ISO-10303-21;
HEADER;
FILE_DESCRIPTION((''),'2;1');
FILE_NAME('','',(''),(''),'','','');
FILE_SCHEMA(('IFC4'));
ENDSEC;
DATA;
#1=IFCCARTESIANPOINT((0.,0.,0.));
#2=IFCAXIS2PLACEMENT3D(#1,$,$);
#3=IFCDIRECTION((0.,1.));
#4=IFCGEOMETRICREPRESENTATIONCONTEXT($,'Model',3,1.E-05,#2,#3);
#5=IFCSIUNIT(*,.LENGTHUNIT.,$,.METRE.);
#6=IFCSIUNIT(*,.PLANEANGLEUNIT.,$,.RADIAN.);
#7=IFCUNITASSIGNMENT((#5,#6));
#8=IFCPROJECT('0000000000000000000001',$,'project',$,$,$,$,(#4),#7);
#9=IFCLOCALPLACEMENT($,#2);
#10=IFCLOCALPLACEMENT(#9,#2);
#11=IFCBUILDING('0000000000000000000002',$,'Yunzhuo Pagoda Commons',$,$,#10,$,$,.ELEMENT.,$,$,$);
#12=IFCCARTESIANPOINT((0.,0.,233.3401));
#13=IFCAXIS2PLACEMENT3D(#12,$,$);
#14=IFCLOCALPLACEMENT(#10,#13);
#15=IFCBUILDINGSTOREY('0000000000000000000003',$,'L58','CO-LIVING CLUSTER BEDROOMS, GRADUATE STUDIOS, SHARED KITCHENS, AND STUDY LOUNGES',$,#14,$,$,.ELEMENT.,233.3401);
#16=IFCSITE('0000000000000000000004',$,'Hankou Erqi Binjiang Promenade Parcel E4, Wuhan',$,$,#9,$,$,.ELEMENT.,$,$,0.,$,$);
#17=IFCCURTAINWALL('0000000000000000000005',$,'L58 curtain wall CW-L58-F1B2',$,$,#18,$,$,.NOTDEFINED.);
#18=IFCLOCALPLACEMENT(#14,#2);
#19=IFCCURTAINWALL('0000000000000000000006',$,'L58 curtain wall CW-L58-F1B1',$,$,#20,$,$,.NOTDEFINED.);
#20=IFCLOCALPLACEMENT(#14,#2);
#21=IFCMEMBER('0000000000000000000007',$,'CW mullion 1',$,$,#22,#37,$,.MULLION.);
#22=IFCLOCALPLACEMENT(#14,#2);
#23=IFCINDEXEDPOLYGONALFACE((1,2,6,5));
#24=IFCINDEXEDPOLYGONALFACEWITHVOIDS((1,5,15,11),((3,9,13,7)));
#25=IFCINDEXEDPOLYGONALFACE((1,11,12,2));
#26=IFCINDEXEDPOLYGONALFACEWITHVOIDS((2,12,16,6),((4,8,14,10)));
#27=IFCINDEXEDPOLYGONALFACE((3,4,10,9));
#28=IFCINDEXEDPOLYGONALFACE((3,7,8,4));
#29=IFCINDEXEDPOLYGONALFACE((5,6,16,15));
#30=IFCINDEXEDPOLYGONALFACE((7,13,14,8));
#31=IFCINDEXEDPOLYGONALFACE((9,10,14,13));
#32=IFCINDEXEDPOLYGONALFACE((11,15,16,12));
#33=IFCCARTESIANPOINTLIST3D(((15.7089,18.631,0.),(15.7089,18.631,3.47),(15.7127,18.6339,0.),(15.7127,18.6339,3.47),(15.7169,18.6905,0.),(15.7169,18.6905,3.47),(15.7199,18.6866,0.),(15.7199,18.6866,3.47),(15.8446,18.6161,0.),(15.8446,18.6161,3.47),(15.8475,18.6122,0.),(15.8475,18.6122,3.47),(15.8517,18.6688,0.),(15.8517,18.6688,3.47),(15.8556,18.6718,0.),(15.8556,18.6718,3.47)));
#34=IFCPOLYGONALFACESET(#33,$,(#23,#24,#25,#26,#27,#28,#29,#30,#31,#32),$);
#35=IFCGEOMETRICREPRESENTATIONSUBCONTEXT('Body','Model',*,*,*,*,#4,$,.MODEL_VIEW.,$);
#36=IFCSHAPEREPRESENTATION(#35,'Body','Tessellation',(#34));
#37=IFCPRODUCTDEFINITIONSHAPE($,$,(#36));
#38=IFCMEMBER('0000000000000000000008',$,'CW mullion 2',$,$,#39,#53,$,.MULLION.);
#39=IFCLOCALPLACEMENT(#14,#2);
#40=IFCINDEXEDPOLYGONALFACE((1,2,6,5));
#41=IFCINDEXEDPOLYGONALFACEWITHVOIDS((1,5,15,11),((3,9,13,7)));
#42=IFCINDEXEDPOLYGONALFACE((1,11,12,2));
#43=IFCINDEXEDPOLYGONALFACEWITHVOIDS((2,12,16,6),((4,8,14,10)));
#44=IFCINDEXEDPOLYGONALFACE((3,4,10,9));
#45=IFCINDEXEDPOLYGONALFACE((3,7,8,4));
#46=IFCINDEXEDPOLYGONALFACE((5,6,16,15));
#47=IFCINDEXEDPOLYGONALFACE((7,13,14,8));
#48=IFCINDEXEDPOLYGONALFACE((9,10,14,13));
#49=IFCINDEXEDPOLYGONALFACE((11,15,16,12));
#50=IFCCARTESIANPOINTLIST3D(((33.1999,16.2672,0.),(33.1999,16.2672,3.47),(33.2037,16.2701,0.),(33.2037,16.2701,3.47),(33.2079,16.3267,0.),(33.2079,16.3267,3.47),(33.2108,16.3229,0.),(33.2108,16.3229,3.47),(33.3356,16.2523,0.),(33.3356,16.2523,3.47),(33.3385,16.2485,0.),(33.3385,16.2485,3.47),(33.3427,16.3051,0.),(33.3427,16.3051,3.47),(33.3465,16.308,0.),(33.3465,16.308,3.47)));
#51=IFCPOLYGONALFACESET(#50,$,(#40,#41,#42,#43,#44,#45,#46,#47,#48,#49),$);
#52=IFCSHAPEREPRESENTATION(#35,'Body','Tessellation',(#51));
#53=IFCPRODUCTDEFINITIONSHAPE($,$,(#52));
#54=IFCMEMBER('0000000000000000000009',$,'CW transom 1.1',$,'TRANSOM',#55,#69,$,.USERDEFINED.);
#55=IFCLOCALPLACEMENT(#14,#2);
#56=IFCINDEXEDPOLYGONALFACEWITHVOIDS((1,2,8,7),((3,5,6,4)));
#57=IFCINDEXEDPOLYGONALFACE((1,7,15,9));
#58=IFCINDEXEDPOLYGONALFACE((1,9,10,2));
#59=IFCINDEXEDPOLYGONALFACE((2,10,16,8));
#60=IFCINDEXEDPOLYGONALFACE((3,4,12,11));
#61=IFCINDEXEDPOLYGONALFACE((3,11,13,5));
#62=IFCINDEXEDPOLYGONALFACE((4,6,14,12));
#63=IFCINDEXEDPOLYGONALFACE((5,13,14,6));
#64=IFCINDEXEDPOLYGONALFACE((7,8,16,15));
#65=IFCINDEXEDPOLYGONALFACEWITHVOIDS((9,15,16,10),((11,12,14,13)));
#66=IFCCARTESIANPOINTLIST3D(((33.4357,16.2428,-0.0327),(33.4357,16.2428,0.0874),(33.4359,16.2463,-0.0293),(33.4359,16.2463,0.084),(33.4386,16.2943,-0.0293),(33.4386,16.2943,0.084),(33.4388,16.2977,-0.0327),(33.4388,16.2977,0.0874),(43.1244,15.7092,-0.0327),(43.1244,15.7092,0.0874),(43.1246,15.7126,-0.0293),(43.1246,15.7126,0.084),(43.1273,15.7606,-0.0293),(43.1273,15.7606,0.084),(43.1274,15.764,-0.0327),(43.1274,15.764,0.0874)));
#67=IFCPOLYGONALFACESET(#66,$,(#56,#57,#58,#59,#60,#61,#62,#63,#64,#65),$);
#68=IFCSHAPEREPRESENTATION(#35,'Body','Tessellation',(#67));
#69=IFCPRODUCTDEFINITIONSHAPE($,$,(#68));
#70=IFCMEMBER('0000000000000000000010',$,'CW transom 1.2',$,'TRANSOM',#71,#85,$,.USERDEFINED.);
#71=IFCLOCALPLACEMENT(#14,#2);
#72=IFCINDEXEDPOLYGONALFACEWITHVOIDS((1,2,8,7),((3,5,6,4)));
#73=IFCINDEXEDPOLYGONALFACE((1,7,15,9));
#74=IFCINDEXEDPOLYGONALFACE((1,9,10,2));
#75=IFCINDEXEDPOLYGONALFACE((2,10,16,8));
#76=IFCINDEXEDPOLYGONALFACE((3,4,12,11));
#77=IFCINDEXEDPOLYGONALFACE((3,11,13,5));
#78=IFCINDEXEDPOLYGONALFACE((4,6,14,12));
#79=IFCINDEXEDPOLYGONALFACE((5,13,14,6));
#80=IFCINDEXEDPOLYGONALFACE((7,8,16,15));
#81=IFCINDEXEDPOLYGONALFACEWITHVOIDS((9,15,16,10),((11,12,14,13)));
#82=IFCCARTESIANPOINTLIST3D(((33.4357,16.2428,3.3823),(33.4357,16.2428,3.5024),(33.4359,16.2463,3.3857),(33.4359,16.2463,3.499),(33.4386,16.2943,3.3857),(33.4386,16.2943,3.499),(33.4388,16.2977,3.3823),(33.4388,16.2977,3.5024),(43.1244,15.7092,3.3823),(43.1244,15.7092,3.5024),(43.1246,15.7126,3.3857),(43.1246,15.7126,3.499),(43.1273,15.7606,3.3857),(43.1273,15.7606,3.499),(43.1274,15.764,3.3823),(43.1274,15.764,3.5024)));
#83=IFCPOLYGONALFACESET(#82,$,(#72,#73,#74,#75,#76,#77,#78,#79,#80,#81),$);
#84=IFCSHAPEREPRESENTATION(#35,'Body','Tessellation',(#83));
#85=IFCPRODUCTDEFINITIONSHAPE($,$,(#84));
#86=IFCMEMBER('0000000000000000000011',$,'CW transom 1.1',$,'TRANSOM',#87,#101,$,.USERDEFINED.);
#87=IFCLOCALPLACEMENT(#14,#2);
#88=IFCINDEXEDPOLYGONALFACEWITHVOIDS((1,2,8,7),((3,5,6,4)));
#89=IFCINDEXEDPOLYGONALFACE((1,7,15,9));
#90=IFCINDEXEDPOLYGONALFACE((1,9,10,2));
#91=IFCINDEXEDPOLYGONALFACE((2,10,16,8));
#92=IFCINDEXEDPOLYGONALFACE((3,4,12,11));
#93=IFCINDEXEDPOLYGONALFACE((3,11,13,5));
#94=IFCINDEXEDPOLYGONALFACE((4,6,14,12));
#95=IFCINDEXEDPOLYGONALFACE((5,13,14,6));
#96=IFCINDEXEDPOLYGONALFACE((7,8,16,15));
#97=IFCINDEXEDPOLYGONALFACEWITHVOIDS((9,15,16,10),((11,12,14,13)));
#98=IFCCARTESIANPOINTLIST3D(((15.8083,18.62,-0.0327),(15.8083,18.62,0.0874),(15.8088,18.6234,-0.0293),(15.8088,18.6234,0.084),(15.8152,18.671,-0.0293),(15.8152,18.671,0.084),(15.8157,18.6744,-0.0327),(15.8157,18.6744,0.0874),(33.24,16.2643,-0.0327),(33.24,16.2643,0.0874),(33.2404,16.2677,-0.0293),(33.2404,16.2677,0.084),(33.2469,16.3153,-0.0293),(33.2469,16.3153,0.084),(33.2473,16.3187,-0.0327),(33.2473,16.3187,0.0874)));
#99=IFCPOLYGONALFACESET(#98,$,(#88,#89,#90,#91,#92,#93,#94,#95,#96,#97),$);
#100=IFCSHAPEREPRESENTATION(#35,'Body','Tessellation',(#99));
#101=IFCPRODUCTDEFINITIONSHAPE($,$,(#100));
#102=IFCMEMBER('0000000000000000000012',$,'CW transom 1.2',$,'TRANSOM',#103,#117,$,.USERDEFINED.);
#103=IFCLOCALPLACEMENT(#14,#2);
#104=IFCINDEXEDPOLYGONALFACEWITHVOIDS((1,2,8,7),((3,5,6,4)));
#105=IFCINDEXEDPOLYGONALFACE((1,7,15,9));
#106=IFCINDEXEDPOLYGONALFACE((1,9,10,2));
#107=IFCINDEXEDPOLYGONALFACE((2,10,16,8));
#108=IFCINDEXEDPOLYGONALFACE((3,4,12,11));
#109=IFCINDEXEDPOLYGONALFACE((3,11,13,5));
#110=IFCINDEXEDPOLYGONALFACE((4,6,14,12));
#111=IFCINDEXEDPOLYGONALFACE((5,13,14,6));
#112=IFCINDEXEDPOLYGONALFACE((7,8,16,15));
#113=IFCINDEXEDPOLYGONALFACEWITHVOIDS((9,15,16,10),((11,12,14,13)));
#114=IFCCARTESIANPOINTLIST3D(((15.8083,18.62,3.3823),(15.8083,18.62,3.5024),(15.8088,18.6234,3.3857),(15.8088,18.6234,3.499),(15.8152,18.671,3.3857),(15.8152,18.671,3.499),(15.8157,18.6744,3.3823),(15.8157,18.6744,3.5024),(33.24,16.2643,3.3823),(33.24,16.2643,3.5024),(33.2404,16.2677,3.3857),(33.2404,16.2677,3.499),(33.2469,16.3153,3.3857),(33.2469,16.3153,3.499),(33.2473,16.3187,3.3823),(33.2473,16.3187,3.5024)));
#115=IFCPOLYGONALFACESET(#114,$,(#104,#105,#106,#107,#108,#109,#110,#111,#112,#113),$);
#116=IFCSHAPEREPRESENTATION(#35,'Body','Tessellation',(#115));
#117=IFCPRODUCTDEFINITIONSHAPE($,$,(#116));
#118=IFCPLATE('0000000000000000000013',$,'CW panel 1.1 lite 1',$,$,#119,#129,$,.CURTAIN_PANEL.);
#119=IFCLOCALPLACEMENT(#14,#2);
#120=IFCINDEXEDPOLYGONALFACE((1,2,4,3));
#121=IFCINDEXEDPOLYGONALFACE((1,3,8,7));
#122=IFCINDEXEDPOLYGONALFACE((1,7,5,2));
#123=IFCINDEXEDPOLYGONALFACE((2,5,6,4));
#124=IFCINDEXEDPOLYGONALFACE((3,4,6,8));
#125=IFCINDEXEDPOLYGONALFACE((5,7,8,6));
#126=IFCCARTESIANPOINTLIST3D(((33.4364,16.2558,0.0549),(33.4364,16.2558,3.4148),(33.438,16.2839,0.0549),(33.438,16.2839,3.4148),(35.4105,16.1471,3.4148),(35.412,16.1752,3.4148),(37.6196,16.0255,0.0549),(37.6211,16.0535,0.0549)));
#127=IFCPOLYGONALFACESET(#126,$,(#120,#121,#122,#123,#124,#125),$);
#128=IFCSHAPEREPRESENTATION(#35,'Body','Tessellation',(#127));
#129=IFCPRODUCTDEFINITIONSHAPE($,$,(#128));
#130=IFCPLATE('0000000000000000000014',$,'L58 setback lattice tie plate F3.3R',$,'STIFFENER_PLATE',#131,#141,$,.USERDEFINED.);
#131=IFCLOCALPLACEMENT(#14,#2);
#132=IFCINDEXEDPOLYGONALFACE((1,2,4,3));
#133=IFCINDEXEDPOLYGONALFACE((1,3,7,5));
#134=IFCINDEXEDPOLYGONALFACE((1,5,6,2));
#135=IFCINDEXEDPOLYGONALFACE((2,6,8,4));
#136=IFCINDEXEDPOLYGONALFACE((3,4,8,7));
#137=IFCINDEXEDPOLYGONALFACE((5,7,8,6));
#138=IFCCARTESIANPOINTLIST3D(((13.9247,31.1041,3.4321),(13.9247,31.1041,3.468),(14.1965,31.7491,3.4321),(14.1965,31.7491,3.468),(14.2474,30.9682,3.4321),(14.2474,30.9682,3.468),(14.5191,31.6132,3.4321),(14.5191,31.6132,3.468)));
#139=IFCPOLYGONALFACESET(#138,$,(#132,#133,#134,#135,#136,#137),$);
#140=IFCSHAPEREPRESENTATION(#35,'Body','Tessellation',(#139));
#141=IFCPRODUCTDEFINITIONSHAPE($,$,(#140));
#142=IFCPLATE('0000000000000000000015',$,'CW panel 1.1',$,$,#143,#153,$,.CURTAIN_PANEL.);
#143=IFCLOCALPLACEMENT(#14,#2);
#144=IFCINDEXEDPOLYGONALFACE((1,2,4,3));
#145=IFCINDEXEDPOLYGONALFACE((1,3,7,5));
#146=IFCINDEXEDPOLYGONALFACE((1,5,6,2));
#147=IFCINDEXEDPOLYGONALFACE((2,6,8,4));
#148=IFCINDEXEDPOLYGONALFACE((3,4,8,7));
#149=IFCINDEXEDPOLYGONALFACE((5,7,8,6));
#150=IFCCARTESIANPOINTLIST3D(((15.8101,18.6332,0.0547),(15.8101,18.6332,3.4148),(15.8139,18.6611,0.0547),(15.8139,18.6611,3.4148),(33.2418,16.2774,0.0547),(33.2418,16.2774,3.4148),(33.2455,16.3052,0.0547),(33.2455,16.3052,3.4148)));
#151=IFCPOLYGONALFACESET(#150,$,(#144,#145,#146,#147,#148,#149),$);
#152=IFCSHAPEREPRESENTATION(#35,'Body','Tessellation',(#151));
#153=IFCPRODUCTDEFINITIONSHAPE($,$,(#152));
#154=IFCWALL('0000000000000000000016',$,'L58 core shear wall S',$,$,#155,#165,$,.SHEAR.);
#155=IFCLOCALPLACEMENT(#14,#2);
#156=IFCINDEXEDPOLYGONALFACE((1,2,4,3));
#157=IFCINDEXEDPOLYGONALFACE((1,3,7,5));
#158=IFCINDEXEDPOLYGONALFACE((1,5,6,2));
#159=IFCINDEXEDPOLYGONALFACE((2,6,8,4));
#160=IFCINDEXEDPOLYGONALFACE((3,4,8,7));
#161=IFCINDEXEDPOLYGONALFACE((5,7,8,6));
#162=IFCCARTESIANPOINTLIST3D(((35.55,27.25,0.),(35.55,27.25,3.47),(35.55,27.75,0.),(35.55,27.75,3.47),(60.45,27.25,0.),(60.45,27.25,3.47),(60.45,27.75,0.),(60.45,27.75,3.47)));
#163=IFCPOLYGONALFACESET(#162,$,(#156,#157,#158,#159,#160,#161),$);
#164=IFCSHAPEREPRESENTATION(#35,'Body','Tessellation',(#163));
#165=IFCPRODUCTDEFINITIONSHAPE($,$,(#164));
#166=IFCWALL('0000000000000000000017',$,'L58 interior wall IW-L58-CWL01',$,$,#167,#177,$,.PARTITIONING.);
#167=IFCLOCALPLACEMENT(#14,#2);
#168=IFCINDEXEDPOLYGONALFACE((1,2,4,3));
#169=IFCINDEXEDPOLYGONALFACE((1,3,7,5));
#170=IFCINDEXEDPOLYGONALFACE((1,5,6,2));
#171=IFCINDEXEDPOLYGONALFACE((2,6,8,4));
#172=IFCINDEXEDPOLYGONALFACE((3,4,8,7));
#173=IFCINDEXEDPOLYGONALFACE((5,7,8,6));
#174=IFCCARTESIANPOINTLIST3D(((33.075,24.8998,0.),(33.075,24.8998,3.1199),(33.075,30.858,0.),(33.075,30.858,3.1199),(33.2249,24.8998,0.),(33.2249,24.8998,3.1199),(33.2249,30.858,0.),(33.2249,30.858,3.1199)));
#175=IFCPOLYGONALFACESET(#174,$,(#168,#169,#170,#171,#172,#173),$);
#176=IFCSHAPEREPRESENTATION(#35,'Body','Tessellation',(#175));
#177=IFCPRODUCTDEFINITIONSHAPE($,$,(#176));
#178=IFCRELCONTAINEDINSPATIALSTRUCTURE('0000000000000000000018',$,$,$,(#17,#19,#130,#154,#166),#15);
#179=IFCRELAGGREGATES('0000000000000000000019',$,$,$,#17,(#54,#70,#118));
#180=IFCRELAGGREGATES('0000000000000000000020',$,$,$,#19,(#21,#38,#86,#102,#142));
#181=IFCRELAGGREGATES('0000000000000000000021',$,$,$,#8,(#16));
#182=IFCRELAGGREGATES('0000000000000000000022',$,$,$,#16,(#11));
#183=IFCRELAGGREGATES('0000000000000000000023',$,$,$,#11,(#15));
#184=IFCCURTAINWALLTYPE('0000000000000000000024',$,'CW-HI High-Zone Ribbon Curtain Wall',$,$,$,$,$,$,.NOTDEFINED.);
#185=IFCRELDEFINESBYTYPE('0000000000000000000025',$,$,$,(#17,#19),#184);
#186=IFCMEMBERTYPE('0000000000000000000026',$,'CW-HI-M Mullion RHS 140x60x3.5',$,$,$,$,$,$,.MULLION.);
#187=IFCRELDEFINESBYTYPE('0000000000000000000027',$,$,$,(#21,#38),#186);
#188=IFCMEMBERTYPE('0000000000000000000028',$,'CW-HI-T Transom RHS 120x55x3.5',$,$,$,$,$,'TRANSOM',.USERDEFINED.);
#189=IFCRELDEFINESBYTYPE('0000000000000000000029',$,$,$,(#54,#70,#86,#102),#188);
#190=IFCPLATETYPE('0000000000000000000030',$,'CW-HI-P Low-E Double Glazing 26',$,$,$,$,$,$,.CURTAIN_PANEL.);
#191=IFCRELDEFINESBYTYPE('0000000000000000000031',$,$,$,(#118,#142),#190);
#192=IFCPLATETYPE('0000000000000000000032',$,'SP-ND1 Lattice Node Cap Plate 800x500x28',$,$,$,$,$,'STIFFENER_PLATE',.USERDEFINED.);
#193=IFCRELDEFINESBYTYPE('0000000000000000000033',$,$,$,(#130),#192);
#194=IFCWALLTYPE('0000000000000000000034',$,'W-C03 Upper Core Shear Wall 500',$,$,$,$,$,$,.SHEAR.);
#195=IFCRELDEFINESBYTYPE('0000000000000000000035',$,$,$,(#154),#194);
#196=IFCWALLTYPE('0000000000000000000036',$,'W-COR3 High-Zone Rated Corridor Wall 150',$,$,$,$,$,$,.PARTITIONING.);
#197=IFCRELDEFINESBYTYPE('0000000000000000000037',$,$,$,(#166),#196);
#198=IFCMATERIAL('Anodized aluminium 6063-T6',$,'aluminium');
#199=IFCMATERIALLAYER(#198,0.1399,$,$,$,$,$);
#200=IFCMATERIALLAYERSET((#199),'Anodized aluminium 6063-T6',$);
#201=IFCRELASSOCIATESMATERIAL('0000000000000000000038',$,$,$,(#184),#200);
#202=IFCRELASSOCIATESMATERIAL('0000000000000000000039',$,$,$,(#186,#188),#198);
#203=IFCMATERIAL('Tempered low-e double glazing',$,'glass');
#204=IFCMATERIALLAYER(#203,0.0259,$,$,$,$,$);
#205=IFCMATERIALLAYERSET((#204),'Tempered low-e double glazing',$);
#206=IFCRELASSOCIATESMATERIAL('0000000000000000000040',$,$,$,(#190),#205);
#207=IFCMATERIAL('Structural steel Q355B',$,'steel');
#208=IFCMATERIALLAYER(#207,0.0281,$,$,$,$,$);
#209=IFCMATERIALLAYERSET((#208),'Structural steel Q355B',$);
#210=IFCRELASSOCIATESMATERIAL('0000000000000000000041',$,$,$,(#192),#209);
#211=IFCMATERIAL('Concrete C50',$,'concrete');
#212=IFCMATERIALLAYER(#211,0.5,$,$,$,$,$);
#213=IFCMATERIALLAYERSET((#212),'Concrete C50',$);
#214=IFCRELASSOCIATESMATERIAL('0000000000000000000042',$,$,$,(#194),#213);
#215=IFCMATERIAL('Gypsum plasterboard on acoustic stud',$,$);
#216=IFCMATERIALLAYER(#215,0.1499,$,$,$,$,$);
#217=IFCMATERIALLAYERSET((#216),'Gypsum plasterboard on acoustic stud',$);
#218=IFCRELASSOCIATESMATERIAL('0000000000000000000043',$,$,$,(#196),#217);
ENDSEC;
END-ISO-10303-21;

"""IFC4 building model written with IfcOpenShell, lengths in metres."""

from ifc_helpers import new_model, si_unit, direction, frame, frame_2d, origin, origin_2d, place, context, subcontext, project, spatial, polyline, rectangle, hollow_rectangle, outline, extrude, source, transform, mapped, material, layer, layer_set, material_profile, profile_set, type_object, element, aggregate, save


model = new_model("IFC4")

# Units and contexts
model_context = context("Model", 3, precision=1e-05, world=origin(), true_north=direction((0.0, 1.0)))
body_context = subcontext(model_context, "Body", "Model", "MODEL_VIEW")
ifc_project = project(units=[si_unit("LENGTHUNIT", "METRE"), si_unit("PLANEANGLEUNIT", "RADIAN")], contexts=[model_context])

# Site, building, storey
site_placement = place(None, origin())
site = spatial("IfcSite", under=ifc_project, at=site_placement, Name="Hankou Erqi Binjiang Promenade Parcel E4, Wuhan", CompositionType="ELEMENT", RefElevation=0.0)
building_placement = place(site_placement, origin())
building = spatial("IfcBuilding", under=site, at=building_placement, Name="Yunzhuo Pagoda Commons", CompositionType="ELEMENT")
storey_placement = place(building_placement, frame((0.0, 0.0, 233.3401)))
storey = spatial("IfcBuildingStorey", under=building, at=storey_placement, Name="L58", Description="CO-LIVING CLUSTER BEDROOMS, GRADUATE STUDIOS, SHARED KITCHENS, AND STUDY LOUNGES", CompositionType="ELEMENT", Elevation=233.3401)

# Shared definitions
ifc_material_1 = material(Name="Structural steel Q355B", Category="steel")

# Curtain wall
ifc_material_2 = material(Name="Anodized aluminium 6063-T6", Category="aluminium")
ifc_layer_1 = layer(ifc_material_2, 0.1399)
ifc_layer_set_1 = layer_set([ifc_layer_1], Name="Anodized aluminium 6063-T6")
curtain_wall_type = type_object("IfcCurtainWallType", Name="CW-HI High-Zone Ribbon Curtain Wall", PredefinedType="NOTDEFINED", material=ifc_layer_set_1)
curtain_wall_1_placement = place(storey_placement, origin())
curtain_wall_1 = element("IfcCurtainWall", 1, at=curtain_wall_1_placement, inside=storey, type_object=curtain_wall_type, Name="L58 curtain wall CW-L58-F1B2", PredefinedType="NOTDEFINED")
ifc_material_profile_1 = material_profile(ifc_material_2, hollow_rectangle(XDim=0.0601, YDim=0.1399, WallThickness=0.0034, at=origin_2d()), Name="Anodized aluminium 6063-T6")
ifc_profile_set_1 = profile_set([ifc_material_profile_1], Name="Anodized aluminium 6063-T6")
member_type_1 = type_object("IfcMemberType", Name="CW-HI-M Mullion RHS 140x60x3.5", PredefinedType="MULLION", material=ifc_profile_set_1)
shared_shape_1 = source(origin(), body_context, "Body", "SweptSolid", [
    extrude(hollow_rectangle(XDim=0.0601, YDim=0.1399, WallThickness=0.0034, at=origin_2d()), origin(), (0.0, 0.0, 1.0), 3.47),
])

# Curtain wall, members
curtain_wall_2_placement = place(storey_placement, origin())
curtain_wall_2 = element("IfcCurtainWall", 2, at=curtain_wall_2_placement, inside=storey, type_object=curtain_wall_type, Name="L58 curtain wall CW-L58-F1B1", PredefinedType="NOTDEFINED")
member_1_placement = place(storey_placement, frame((15.7822, 18.6514, 0.0), z_axis=(0.0, 0.0, 1.0), x_axis=(0.13393, 0.990991, 0.0)))
member_1 = element("IfcMember", 3, at=member_1_placement, type_object=member_type_1, Name="CW mullion 1", PredefinedType="MULLION", context=body_context, shape_type="MappedRepresentation", body=[
    mapped(shared_shape_1, transform((0.0, 0.0, 0.0), scale=1.0)),
])
member_2_placement = place(storey_placement, frame((33.2732, 16.2876, 0.0), z_axis=(0.0, 0.0, 1.0), x_axis=(0.13393, 0.990991, 0.0)))
member_2 = element("IfcMember", 4, at=member_2_placement, type_object=member_type_1, Name="CW mullion 2", PredefinedType="MULLION", context=body_context, shape_type="MappedRepresentation", body=[
    mapped(shared_shape_1, transform((0.0, 0.0, 0.0), scale=1.0)),
])

# Members
ifc_material_profile_2 = material_profile(ifc_material_2, hollow_rectangle(XDim=0.0549, YDim=0.1201, WallThickness=0.0034, at=origin_2d()), Name="Anodized aluminium 6063-T6")
ifc_profile_set_2 = profile_set([ifc_material_profile_2], Name="Anodized aluminium 6063-T6")
member_type_2 = type_object("IfcMemberType", Name="CW-HI-T Transom RHS 120x55x3.5", ElementType="TRANSOM", PredefinedType="USERDEFINED", material=ifc_profile_set_2)
shared_shape_2 = source(origin(), body_context, "Body", "SweptSolid", [
    extrude(hollow_rectangle(XDim=0.0549, YDim=0.1201, WallThickness=0.0034, at=origin_2d()), origin(), (0.0, 0.0, 1.0), 9.7034),
])
member_3_placement = place(storey_placement, frame((33.4373, 16.2703, 0.0273), z_axis=(0.998486, -0.055, 0.0), x_axis=(0.055, 0.998486, 0.0)))
member_3 = element("IfcMember", 5, at=member_3_placement, type_object=member_type_2, Name="CW transom 1.1", ObjectType="TRANSOM", PredefinedType="USERDEFINED", context=body_context, shape_type="MappedRepresentation", body=[
    mapped(shared_shape_2, transform((0.0, 0.0, 0.0), scale=1.0)),
])
member_4_placement = place(storey_placement, frame((33.4373, 16.2703, 3.4424), z_axis=(0.998486, -0.055, 0.0), x_axis=(0.055, 0.998486, 0.0)))
member_4 = element("IfcMember", 6, at=member_4_placement, type_object=member_type_2, Name="CW transom 1.2", ObjectType="TRANSOM", PredefinedType="USERDEFINED", context=body_context, shape_type="MappedRepresentation", body=[
    mapped(shared_shape_2, transform((0.0, 0.0, 0.0), scale=1.0)),
])
shared_shape_3 = source(origin(), body_context, "Body", "SweptSolid", [
    extrude(hollow_rectangle(XDim=0.0549, YDim=0.1201, WallThickness=0.0034, at=origin_2d()), origin(), (0.0, 0.0, 1.0), 17.5901),
])
member_5_placement = place(storey_placement, frame((15.812, 18.6472, 0.0273), z_axis=(0.990992, -0.133923, 0.0), x_axis=(0.133923, 0.990992, 0.0)))
member_5 = element("IfcMember", 7, at=member_5_placement, type_object=member_type_2, Name="CW transom 1.1", ObjectType="TRANSOM", PredefinedType="USERDEFINED", context=body_context, shape_type="MappedRepresentation", body=[
    mapped(shared_shape_3, transform((0.0, 0.0, 0.0), scale=1.0)),
])
member_6_placement = place(storey_placement, frame((15.812, 18.6472, 3.4424), z_axis=(0.990992, -0.133923, 0.0), x_axis=(0.133923, 0.990992, 0.0)))
member_6 = element("IfcMember", 8, at=member_6_placement, type_object=member_type_2, Name="CW transom 1.2", ObjectType="TRANSOM", PredefinedType="USERDEFINED", context=body_context, shape_type="MappedRepresentation", body=[
    mapped(shared_shape_3, transform((0.0, 0.0, 0.0), scale=1.0)),
])

# Plates
ifc_material_3 = material(Name="Tempered low-e double glazing", Category="glass")
ifc_layer_2 = layer(ifc_material_3, 0.0259)
ifc_layer_set_2 = layer_set([ifc_layer_2], Name="Tempered low-e double glazing")
plate_type_1 = type_object("IfcPlateType", Name="CW-HI-P Low-E Double Glazing 26", PredefinedType="CURTAIN_PANEL", material=ifc_layer_set_2)
plate_1_placement = place(storey_placement, frame((35.5295, 16.1687, 1.7349), z_axis=(-0.054981, -0.998487, 0.0), x_axis=(0.998487, -0.054981, 0.0)))
plate_1 = element("IfcPlate", 9, at=plate_1_placement, type_object=plate_type_1, Name="CW panel 1.1 lite 1", PredefinedType="CURTAIN_PANEL", context=body_context, shape_type="SweptSolid", body=[
    extrude(outline(polyline([(-2.0947, -1.6799), (2.0947, -1.6799), (-0.1177, 1.6799), (-2.0947, 1.6799), (-2.0947, -1.6799)])), origin(), (0.0, 0.0, 1.0), 0.0281),
])
aggregate(curtain_wall_1, [member_3, member_4, plate_1])
ifc_layer_3 = layer(ifc_material_1, 0.0281)
ifc_layer_set_3 = layer_set([ifc_layer_3], Name="Structural steel Q355B")
plate_type_2 = type_object("IfcPlateType", Name="SP-ND1 Lattice Node Cap Plate 800x500x28", ElementType="STIFFENER_PLATE", PredefinedType="USERDEFINED", material=ifc_layer_set_3)
shared_shape_4 = source(origin(), body_context, "Body", "SweptSolid", [
    extrude(rectangle(XDim=0.7, YDim=0.3501, at=origin_2d()), origin(), (0.0, 0.0, 1.0), 0.0359),
])
plate_2_placement = place(storey_placement, frame((14.2219, 31.3586, 3.4321), z_axis=(0.0, 0.0, 1.0), x_axis=(-0.388175, -0.921586, 0.0)))
element("IfcPlate", 10, at=plate_2_placement, inside=storey, type_object=plate_type_2, Name="L58 setback lattice tie plate F3.3R", ObjectType="STIFFENER_PLATE", PredefinedType="USERDEFINED", context=body_context, shape_type="MappedRepresentation", body=[
    mapped(shared_shape_4, transform((0.0, 0.0, 0.0), scale=1.0)),
])
shared_shape_5 = source(origin(), body_context, "Body", "SweptSolid", [
    extrude(rectangle(XDim=17.5901, YDim=0.0281, at=origin_2d()), origin(), (0.0, 0.0, 1.0), 3.3601),
])
plate_3_placement = place(storey_placement, frame((24.5278, 17.4692, 0.0547), z_axis=(0.0, 0.0, 1.0), x_axis=(0.990991, -0.13393, 0.0)))
plate_3 = element("IfcPlate", 11, at=plate_3_placement, type_object=plate_type_1, Name="CW panel 1.1", PredefinedType="CURTAIN_PANEL", context=body_context, shape_type="MappedRepresentation", body=[
    mapped(shared_shape_5, transform((0.0, 0.0, 0.0), scale=1.0)),
])
aggregate(curtain_wall_2, [member_1, member_2, member_5, member_6, plate_3])

# Walls
ifc_material_4 = material(Name="Concrete C50", Category="concrete")
ifc_layer_4 = layer(ifc_material_4, 0.5)
ifc_layer_set_4 = layer_set([ifc_layer_4], Name="Concrete C50")
wall_type_1 = type_object("IfcWallType", Name="W-C03 Upper Core Shear Wall 500", PredefinedType="SHEAR", material=ifc_layer_set_4)
wall_1_placement = place(storey_placement, frame((35.55, 27.5, 0.0), z_axis=(0.0, 0.0, 1.0), x_axis=(1.0, 0.0, 0.0)))
element("IfcWall", 12, at=wall_1_placement, inside=storey, type_object=wall_type_1, Name="L58 core shear wall S", PredefinedType="SHEAR", context=body_context, shape_type="SweptSolid", body=[
    extrude(rectangle(XDim=24.8999, YDim=0.5, at=frame_2d((12.45, 0.0))), origin(), (0.0, 0.0, 1.0), 3.47),
])
ifc_material_5 = material(Name="Gypsum plasterboard on acoustic stud")
ifc_layer_5 = layer(ifc_material_5, 0.1499)
ifc_layer_set_5 = layer_set([ifc_layer_5], Name="Gypsum plasterboard on acoustic stud")
wall_type_2 = type_object("IfcWallType", Name="W-COR3 High-Zone Rated Corridor Wall 150", PredefinedType="PARTITIONING", material=ifc_layer_set_5)
wall_2_placement = place(storey_placement, frame((33.1499, 24.8999, 0.0), z_axis=(0.0, 0.0, 1.0), x_axis=(0.0, 1.0, 0.0)))
element("IfcWall", 13, at=wall_2_placement, inside=storey, type_object=wall_type_2, Name="L58 interior wall IW-L58-CWL01", PredefinedType="PARTITIONING", context=body_context, shape_type="SweptSolid", body=[
    extrude(rectangle(XDim=5.9583, YDim=0.1499, at=frame_2d((2.979, 0.0))), origin(), (0.0, 0.0, 1.0), 3.1199),
])

save(model, "model.ifc")
